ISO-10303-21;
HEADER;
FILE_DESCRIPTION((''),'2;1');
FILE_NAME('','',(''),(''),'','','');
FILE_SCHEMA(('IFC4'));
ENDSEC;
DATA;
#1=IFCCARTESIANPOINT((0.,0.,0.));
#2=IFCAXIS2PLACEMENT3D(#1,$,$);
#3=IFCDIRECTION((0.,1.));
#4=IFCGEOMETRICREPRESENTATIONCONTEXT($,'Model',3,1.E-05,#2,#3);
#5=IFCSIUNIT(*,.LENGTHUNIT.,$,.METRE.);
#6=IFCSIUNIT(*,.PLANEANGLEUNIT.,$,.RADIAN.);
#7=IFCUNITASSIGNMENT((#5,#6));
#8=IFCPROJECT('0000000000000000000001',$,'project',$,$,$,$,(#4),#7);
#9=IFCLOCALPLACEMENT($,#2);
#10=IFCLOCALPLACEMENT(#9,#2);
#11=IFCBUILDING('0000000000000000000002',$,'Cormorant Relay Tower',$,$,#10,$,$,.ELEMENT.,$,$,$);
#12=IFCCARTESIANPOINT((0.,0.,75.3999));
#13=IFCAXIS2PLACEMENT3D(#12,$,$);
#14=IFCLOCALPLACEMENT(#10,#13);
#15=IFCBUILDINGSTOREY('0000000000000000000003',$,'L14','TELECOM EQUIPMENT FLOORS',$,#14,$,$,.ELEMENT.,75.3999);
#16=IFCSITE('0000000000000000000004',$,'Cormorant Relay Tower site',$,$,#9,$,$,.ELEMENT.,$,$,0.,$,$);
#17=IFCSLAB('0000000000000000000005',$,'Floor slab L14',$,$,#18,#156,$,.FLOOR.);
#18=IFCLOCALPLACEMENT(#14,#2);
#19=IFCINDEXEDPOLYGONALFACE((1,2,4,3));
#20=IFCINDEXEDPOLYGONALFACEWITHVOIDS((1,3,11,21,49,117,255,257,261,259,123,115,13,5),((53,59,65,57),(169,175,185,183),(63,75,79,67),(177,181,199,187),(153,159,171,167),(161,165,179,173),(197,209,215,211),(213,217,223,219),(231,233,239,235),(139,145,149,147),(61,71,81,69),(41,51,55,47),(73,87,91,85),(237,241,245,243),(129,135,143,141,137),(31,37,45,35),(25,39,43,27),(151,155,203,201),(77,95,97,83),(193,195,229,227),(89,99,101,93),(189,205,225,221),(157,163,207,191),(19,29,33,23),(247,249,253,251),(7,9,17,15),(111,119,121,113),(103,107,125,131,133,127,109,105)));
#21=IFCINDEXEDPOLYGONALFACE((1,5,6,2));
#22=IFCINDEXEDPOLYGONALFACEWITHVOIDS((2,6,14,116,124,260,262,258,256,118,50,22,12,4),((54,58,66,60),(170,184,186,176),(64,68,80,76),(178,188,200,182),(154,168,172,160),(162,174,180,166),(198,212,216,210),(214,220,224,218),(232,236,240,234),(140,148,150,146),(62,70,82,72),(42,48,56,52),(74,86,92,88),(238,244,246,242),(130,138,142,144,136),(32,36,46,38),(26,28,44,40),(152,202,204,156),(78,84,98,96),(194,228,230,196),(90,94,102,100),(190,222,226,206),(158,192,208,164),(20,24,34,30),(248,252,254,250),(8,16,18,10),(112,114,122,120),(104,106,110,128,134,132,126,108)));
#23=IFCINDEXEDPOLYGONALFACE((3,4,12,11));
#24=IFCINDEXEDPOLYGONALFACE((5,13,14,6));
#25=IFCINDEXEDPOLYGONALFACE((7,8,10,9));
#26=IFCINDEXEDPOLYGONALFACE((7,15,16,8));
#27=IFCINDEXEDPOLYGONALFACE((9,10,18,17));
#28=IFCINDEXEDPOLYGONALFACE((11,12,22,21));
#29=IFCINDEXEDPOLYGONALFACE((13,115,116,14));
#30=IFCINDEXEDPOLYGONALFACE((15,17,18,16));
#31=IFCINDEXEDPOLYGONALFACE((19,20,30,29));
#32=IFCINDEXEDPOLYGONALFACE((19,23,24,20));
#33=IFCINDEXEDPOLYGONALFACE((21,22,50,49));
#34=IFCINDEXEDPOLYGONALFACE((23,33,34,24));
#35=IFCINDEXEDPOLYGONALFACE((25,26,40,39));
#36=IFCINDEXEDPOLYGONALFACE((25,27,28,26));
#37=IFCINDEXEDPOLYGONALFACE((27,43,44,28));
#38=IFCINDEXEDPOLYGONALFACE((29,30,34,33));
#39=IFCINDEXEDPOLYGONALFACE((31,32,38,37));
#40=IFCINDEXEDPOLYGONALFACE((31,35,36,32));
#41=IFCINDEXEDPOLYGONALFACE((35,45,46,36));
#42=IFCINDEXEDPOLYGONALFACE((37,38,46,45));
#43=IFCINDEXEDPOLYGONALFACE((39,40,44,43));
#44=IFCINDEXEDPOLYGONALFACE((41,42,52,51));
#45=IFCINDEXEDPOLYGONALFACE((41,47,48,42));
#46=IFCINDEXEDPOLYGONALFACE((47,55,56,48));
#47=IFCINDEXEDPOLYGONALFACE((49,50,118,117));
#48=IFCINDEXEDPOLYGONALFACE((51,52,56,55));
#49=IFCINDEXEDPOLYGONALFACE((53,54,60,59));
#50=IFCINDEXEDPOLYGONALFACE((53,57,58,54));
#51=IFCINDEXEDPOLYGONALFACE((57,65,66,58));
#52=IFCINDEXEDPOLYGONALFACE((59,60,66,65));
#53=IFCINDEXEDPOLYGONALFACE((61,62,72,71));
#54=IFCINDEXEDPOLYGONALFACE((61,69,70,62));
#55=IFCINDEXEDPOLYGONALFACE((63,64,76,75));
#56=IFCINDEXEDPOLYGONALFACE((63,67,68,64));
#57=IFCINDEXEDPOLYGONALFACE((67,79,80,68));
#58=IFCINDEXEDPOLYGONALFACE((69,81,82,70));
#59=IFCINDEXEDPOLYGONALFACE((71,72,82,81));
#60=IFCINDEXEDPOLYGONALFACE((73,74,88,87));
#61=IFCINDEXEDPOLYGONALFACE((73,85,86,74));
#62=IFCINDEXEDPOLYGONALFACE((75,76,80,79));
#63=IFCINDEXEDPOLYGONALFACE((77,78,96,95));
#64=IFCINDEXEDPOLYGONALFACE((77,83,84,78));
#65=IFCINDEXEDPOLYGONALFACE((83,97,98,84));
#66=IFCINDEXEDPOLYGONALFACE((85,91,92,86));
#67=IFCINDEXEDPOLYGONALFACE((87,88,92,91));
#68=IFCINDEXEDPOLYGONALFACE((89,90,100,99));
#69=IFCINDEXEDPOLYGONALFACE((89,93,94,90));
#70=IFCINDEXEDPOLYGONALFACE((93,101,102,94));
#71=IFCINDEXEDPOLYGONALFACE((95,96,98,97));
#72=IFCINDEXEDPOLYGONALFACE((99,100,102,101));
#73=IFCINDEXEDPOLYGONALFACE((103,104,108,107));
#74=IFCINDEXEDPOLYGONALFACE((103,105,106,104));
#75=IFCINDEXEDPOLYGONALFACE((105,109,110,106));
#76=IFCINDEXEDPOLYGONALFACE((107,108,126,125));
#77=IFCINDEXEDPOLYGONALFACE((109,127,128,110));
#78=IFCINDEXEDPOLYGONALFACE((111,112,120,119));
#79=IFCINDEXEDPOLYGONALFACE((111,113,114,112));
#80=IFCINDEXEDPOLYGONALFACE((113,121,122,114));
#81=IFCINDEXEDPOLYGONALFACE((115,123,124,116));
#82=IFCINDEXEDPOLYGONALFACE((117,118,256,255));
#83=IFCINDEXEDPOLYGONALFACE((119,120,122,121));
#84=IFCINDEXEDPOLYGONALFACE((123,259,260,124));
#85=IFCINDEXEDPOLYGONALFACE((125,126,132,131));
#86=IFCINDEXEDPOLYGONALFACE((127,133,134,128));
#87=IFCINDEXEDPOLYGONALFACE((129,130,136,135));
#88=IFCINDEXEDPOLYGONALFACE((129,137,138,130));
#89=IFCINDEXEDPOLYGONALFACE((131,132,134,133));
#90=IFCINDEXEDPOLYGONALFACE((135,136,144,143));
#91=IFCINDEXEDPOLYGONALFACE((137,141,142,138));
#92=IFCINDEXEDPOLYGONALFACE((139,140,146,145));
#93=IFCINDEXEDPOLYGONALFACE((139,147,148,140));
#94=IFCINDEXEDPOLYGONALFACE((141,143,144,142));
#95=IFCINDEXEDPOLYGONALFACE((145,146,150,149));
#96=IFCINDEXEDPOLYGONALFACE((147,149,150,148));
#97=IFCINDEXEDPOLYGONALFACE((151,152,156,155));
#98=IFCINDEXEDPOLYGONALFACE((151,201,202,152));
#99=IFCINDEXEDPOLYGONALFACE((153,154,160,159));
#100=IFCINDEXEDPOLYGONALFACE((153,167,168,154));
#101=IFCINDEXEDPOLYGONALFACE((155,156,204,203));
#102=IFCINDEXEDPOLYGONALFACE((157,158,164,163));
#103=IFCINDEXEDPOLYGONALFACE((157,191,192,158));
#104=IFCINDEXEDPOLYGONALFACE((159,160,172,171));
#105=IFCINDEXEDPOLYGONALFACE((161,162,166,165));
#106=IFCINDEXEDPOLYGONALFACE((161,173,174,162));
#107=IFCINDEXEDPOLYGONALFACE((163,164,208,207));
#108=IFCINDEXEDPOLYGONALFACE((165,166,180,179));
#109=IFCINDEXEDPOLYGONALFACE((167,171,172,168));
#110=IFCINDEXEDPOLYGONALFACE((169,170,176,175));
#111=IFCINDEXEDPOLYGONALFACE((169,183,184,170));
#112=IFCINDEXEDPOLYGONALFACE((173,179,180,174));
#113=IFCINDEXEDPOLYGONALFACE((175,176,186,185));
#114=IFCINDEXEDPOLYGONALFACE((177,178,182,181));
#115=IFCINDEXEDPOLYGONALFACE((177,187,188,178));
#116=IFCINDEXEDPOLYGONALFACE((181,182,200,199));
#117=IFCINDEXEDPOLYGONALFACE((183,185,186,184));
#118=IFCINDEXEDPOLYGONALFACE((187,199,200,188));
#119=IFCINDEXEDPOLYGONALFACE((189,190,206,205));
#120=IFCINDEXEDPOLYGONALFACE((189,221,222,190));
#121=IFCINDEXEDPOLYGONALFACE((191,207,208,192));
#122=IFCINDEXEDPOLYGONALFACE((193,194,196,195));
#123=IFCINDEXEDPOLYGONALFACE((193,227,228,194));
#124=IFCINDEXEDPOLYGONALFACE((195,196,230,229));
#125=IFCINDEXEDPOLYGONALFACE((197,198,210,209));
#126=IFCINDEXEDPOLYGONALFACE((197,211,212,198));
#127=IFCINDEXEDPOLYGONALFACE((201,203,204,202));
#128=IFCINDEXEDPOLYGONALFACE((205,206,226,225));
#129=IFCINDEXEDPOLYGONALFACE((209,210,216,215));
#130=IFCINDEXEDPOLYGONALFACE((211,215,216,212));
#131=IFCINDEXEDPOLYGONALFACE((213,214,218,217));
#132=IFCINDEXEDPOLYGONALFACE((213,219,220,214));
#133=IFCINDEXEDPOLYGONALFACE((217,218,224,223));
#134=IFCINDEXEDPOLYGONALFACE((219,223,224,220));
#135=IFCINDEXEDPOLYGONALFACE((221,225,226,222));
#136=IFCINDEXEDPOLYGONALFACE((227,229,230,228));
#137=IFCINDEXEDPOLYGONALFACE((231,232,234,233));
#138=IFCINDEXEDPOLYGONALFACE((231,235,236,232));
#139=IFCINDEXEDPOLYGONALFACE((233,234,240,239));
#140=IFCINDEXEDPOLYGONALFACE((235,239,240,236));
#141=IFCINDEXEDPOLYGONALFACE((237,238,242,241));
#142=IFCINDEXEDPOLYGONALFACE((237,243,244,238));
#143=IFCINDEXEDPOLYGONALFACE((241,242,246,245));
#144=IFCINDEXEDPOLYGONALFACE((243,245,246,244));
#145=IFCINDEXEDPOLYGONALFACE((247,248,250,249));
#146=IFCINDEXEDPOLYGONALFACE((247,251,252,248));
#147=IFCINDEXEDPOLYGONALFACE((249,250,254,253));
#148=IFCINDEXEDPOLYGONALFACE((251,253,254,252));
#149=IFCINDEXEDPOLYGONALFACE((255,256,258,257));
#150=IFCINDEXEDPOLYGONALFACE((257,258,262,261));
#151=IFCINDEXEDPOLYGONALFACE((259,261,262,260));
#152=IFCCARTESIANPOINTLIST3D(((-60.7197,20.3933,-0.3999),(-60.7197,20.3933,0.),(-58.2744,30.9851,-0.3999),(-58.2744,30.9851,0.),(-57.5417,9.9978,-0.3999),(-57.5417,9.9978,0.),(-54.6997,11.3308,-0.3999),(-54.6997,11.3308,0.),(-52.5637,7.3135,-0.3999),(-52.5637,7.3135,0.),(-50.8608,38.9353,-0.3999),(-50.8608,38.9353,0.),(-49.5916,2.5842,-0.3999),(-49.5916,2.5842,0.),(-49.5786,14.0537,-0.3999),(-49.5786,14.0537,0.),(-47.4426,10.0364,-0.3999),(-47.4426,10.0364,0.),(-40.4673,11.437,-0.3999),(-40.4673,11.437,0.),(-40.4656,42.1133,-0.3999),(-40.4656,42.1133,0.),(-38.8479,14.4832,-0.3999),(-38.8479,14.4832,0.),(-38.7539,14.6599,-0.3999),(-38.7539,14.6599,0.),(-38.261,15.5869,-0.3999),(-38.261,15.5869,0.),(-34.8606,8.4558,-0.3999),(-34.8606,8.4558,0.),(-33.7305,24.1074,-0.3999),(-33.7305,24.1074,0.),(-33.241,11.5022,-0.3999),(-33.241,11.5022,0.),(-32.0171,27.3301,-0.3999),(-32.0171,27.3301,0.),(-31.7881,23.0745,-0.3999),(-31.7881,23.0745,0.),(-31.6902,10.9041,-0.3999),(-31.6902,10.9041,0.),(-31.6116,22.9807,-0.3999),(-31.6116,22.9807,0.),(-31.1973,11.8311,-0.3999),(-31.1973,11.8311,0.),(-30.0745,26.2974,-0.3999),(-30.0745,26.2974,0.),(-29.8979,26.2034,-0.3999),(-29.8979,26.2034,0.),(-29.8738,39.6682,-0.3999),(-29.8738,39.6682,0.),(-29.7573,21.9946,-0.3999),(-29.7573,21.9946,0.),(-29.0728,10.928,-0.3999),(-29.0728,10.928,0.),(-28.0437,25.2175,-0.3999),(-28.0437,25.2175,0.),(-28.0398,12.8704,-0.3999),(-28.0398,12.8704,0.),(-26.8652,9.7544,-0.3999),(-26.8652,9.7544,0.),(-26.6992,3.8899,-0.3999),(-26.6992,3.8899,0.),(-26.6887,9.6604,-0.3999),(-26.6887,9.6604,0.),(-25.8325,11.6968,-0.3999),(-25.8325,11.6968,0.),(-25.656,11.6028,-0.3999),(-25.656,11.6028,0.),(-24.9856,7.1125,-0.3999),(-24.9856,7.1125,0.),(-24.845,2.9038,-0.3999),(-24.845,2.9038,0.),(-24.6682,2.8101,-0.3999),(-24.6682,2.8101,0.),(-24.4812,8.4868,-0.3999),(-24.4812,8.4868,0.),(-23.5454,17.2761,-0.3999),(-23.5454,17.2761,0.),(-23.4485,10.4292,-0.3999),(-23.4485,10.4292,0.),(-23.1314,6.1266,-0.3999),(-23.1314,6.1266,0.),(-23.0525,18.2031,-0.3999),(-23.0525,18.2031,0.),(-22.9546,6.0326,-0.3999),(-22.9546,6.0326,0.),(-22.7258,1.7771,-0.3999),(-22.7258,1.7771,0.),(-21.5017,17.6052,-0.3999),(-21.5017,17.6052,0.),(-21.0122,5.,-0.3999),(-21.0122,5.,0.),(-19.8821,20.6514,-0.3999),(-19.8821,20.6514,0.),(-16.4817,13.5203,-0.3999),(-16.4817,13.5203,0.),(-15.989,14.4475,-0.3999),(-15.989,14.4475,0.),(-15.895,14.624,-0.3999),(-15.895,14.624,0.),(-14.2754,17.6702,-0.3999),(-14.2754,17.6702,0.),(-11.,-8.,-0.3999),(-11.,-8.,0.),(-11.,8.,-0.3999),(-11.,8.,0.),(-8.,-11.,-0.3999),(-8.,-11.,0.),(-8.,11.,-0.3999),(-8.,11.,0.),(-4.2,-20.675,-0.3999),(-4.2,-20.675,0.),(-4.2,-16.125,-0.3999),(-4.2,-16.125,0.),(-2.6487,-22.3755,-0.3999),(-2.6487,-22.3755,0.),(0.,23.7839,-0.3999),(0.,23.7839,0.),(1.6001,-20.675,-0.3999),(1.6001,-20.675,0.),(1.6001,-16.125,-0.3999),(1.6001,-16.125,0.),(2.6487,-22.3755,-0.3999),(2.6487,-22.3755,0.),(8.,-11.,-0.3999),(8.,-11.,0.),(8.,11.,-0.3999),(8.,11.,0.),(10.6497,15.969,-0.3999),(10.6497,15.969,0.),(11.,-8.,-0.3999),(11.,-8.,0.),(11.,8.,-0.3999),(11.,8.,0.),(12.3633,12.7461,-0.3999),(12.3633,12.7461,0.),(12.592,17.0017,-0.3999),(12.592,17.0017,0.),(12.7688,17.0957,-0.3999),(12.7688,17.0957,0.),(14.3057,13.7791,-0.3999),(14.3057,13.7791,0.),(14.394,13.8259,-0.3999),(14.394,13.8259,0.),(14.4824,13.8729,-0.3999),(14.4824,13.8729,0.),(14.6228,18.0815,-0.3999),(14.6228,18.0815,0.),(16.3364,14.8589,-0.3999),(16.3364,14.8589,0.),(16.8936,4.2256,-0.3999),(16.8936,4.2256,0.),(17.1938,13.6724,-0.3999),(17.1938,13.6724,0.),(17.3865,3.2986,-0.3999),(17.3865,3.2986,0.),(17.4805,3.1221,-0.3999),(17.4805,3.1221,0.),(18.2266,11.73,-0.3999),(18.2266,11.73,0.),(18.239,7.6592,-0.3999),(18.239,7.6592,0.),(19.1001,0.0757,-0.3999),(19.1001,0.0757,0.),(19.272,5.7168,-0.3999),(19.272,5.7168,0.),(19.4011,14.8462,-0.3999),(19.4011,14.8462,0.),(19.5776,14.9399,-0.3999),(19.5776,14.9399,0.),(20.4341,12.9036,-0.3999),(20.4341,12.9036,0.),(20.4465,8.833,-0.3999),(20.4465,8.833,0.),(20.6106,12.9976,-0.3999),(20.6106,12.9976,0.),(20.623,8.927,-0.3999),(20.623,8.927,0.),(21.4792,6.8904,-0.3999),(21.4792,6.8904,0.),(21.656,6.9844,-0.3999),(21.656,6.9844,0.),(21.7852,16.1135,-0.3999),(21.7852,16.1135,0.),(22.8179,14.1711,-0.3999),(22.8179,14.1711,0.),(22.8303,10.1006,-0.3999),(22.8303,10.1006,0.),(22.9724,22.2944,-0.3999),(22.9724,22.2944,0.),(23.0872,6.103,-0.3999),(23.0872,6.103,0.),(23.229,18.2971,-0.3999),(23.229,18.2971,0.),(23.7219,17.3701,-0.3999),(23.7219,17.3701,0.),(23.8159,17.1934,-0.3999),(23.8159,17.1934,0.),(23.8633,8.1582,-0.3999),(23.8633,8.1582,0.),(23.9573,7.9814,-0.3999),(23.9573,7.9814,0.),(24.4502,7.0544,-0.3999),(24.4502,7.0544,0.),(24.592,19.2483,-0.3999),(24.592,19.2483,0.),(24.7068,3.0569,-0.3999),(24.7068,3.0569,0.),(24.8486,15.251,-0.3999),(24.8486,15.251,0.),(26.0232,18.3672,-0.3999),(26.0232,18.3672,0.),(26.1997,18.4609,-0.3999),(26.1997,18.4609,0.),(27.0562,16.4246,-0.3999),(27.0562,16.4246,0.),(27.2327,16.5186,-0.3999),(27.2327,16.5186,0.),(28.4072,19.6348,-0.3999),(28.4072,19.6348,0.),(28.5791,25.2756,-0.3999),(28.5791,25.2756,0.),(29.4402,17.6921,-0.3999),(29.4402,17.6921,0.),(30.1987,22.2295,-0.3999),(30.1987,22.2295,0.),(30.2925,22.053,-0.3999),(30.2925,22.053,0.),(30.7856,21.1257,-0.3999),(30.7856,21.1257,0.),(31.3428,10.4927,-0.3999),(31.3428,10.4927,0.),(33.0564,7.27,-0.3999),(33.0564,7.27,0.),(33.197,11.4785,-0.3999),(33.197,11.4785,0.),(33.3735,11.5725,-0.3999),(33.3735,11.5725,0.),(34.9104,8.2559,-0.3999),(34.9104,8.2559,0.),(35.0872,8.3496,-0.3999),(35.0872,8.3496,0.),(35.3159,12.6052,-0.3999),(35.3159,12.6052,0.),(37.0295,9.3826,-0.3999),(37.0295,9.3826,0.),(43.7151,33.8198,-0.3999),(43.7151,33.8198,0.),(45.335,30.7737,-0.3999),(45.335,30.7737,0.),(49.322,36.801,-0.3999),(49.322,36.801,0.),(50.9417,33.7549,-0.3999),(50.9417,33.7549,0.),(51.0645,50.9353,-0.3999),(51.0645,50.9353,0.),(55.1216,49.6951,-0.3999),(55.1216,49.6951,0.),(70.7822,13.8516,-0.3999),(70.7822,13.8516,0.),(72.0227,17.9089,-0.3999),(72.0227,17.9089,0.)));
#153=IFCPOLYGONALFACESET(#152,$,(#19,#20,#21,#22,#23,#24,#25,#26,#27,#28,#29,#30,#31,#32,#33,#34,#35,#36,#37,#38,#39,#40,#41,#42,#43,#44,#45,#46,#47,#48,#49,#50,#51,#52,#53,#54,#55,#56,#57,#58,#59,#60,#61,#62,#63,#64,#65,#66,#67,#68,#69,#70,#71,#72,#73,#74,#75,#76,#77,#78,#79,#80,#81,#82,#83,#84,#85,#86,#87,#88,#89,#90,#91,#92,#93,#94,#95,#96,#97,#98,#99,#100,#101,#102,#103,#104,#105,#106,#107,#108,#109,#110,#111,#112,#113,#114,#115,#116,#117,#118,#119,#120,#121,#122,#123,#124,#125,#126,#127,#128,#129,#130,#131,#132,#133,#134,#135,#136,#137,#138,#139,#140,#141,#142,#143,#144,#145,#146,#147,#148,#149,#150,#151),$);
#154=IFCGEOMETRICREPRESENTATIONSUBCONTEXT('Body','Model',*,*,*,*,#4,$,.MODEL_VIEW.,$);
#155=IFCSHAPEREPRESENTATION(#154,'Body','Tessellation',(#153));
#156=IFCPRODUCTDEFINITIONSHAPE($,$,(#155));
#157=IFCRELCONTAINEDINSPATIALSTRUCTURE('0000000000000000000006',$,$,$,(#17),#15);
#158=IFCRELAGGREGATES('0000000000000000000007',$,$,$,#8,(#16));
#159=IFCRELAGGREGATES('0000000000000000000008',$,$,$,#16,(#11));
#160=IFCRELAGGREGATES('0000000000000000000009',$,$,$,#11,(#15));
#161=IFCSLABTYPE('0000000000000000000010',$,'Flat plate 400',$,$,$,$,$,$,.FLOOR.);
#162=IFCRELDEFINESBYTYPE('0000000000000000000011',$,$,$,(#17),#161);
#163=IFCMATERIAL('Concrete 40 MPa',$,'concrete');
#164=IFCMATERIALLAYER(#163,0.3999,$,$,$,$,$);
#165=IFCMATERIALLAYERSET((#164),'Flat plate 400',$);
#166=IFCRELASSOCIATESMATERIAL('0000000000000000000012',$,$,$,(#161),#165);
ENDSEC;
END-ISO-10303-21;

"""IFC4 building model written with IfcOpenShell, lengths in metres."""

from ifc_helpers import new_model, si_unit, direction, frame, origin, place, context, subcontext, project, spatial, polyline, outline, extrude, material, layer, layer_set, type_object, element, save


model = new_model("IFC4")

# Units and contexts
model_context = context("Model", 3, precision=1e-05, world=origin(), true_north=direction((0.0, 1.0)))
body_context = subcontext(model_context, "Body", "Model", "MODEL_VIEW")
ifc_project = project(units=[si_unit("LENGTHUNIT", "METRE"), si_unit("PLANEANGLEUNIT", "RADIAN")], contexts=[model_context])

# Site, building, storey
site_placement = place(None, origin())
site = spatial("IfcSite", under=ifc_project, at=site_placement, Name="Cormorant Relay Tower site", CompositionType="ELEMENT", RefElevation=0.0)
building_placement = place(site_placement, origin())
building = spatial("IfcBuilding", under=site, at=building_placement, Name="Cormorant Relay Tower", CompositionType="ELEMENT")
storey_placement = place(building_placement, frame((0.0, 0.0, 75.3999)))
storey = spatial("IfcBuildingStorey", under=building, at=storey_placement, Name="L14", Description="TELECOM EQUIPMENT FLOORS", CompositionType="ELEMENT", Elevation=75.3999)

# Slab
ifc_material_1 = material(Name="Concrete 40 MPa", Category="concrete")
ifc_layer_1 = layer(ifc_material_1, 0.3999)
ifc_layer_set_1 = layer_set([ifc_layer_1], Name="Flat plate 400")
slab_type_1 = type_object("IfcSlabType", Name="Flat plate 400", PredefinedType="FLOOR", material=ifc_layer_set_1)
slab_1_placement = place(storey_placement, frame((0.0, 0.0, -0.3999)))
element("IfcSlab", 1, at=slab_1_placement, inside=storey, type_object=slab_type_1, Name="Floor slab L14", PredefinedType="FLOOR", context=body_context, shape_type="SweptSolid", body=[
    extrude(outline(polyline([(-60.7197, 20.3933), (-58.2744, 30.9851), (-50.8608, 38.9353), (-40.4656, 42.1133), (-29.8738, 39.6682), (0.0, 23.7839), (51.0645, 50.9353), (55.1216, 49.6951), (72.0227, 17.9089), (70.7822, 13.8516), (2.6487, -22.3755), (-2.6487, -22.3755), (-49.5916, 2.5842), (-57.5417, 9.9978), (-60.7197, 20.3933)]), holes=[polyline([(11.0, -8.0), (11.0, 8.0), (8.0, 11.0), (-8.0, 11.0), (-11.0, 8.0), (-11.0, -8.0), (-8.0, -11.0), (8.0, -11.0), (11.0, -8.0)]), polyline([(-4.2, -16.125), (-4.2, -20.675), (1.6001, -20.675), (1.6001, -16.125), (-4.2, -16.125)]), polyline([(-22.9546, 6.0327), (-24.6682, 2.8101), (-22.7258, 1.7771), (-21.0122, 5.0), (-23.043, 6.0796), (-22.9546, 6.0327)]), polyline([(-24.9856, 7.1125), (-26.6992, 3.8899), (-24.845, 2.9038), (-23.1313, 6.1267), (-23.043, 6.0796), (-24.9856, 7.1125)]), polyline([(-26.6887, 9.6604), (-24.4812, 8.4868), (-23.4485, 10.4292), (-25.656, 11.6028), (-26.6887, 9.6604)]), polyline([(-49.5786, 14.0537), (-54.6997, 11.3308), (-52.5637, 7.3135), (-47.4426, 10.0364), (-49.5786, 14.0537)]), polyline([(-28.0398, 12.8704), (-29.0728, 10.928), (-26.8652, 9.7544), (-25.8325, 11.6968), (-28.0398, 12.8704)]), polyline([(-38.8479, 14.4832), (-40.4673, 11.437), (-34.8606, 8.4558), (-33.241, 11.5022), (-38.8479, 14.4832)]), polyline([(-38.261, 15.5869), (-38.7539, 14.6599), (-31.6902, 10.9041), (-31.1973, 11.8311), (-38.261, 15.5869)]), polyline([(14.3057, 13.7791), (12.592, 17.0017), (10.6497, 15.969), (12.3633, 12.7461), (14.394, 13.8259), (14.3057, 13.7791)]), polyline([(16.3364, 14.8589), (14.6228, 18.0815), (12.7688, 17.0957), (14.4824, 13.8728), (14.394, 13.8259), (16.3364, 14.8589)]), polyline([(-16.4817, 13.5203), (-15.989, 14.4475), (-23.0525, 18.2031), (-23.5454, 17.2761), (-16.4817, 13.5203)]), polyline([(-21.5017, 17.6052), (-15.895, 14.624), (-14.2754, 17.6702), (-19.8821, 20.6514), (-21.5017, 17.6052)]), polyline([(-31.6116, 22.9807), (-29.7573, 21.9946), (-28.0437, 25.2175), (-29.8979, 26.2034), (-31.6116, 22.9807)]), polyline([(-33.7305, 24.1074), (-31.7881, 23.0745), (-30.0745, 26.2974), (-32.0171, 27.3301), (-33.7305, 24.1074)]), polyline([(23.0872, 6.103), (17.4805, 3.1221), (19.1001, 0.0757), (24.7068, 3.0569), (23.0872, 6.103)]), polyline([(16.8936, 4.2256), (17.3865, 3.2986), (24.4502, 7.0544), (23.9573, 7.9814), (16.8936, 4.2256)]), polyline([(20.4465, 8.833), (18.239, 7.6592), (19.272, 5.7168), (21.4792, 6.8904), (20.4465, 8.833)]), polyline([(22.8303, 10.1006), (20.623, 8.927), (21.656, 6.9844), (23.8633, 8.1582), (22.8303, 10.1006)]), polyline([(33.197, 11.4785), (31.3428, 10.4927), (33.0564, 7.27), (34.9104, 8.2559), (33.197, 11.4785)]), polyline([(33.3735, 11.5725), (35.0872, 8.3496), (37.0295, 9.3826), (35.3159, 12.6052), (33.3735, 11.5725)]), polyline([(19.4011, 14.8462), (17.1938, 13.6724), (18.2266, 11.73), (20.4341, 12.9036), (19.4011, 14.8462)]), polyline([(22.8179, 14.1711), (21.7852, 16.1135), (19.5776, 14.9399), (20.6106, 12.9976), (22.8179, 14.1711)]), polyline([(26.0232, 18.3672), (23.8159, 17.1934), (24.8486, 15.251), (27.0562, 16.4246), (26.0232, 18.3672)]), polyline([(29.4402, 17.6921), (28.4072, 19.6348), (26.1997, 18.4609), (27.2327, 16.5186), (29.4402, 17.6921)]), polyline([(30.7856, 21.1257), (30.2925, 22.053), (23.229, 18.2971), (23.7219, 17.3701), (30.7856, 21.1257)]), polyline([(24.592, 19.2483), (30.1987, 22.2295), (28.5791, 25.2756), (22.9724, 22.2944), (24.592, 19.2483)]), polyline([(45.335, 30.7737), (50.9417, 33.7549), (49.322, 36.801), (43.7151, 33.8198), (45.335, 30.7737)])]), origin(), (0.0, 0.0, 1.0), 0.3999),
])

save(model, "model.ifc")
